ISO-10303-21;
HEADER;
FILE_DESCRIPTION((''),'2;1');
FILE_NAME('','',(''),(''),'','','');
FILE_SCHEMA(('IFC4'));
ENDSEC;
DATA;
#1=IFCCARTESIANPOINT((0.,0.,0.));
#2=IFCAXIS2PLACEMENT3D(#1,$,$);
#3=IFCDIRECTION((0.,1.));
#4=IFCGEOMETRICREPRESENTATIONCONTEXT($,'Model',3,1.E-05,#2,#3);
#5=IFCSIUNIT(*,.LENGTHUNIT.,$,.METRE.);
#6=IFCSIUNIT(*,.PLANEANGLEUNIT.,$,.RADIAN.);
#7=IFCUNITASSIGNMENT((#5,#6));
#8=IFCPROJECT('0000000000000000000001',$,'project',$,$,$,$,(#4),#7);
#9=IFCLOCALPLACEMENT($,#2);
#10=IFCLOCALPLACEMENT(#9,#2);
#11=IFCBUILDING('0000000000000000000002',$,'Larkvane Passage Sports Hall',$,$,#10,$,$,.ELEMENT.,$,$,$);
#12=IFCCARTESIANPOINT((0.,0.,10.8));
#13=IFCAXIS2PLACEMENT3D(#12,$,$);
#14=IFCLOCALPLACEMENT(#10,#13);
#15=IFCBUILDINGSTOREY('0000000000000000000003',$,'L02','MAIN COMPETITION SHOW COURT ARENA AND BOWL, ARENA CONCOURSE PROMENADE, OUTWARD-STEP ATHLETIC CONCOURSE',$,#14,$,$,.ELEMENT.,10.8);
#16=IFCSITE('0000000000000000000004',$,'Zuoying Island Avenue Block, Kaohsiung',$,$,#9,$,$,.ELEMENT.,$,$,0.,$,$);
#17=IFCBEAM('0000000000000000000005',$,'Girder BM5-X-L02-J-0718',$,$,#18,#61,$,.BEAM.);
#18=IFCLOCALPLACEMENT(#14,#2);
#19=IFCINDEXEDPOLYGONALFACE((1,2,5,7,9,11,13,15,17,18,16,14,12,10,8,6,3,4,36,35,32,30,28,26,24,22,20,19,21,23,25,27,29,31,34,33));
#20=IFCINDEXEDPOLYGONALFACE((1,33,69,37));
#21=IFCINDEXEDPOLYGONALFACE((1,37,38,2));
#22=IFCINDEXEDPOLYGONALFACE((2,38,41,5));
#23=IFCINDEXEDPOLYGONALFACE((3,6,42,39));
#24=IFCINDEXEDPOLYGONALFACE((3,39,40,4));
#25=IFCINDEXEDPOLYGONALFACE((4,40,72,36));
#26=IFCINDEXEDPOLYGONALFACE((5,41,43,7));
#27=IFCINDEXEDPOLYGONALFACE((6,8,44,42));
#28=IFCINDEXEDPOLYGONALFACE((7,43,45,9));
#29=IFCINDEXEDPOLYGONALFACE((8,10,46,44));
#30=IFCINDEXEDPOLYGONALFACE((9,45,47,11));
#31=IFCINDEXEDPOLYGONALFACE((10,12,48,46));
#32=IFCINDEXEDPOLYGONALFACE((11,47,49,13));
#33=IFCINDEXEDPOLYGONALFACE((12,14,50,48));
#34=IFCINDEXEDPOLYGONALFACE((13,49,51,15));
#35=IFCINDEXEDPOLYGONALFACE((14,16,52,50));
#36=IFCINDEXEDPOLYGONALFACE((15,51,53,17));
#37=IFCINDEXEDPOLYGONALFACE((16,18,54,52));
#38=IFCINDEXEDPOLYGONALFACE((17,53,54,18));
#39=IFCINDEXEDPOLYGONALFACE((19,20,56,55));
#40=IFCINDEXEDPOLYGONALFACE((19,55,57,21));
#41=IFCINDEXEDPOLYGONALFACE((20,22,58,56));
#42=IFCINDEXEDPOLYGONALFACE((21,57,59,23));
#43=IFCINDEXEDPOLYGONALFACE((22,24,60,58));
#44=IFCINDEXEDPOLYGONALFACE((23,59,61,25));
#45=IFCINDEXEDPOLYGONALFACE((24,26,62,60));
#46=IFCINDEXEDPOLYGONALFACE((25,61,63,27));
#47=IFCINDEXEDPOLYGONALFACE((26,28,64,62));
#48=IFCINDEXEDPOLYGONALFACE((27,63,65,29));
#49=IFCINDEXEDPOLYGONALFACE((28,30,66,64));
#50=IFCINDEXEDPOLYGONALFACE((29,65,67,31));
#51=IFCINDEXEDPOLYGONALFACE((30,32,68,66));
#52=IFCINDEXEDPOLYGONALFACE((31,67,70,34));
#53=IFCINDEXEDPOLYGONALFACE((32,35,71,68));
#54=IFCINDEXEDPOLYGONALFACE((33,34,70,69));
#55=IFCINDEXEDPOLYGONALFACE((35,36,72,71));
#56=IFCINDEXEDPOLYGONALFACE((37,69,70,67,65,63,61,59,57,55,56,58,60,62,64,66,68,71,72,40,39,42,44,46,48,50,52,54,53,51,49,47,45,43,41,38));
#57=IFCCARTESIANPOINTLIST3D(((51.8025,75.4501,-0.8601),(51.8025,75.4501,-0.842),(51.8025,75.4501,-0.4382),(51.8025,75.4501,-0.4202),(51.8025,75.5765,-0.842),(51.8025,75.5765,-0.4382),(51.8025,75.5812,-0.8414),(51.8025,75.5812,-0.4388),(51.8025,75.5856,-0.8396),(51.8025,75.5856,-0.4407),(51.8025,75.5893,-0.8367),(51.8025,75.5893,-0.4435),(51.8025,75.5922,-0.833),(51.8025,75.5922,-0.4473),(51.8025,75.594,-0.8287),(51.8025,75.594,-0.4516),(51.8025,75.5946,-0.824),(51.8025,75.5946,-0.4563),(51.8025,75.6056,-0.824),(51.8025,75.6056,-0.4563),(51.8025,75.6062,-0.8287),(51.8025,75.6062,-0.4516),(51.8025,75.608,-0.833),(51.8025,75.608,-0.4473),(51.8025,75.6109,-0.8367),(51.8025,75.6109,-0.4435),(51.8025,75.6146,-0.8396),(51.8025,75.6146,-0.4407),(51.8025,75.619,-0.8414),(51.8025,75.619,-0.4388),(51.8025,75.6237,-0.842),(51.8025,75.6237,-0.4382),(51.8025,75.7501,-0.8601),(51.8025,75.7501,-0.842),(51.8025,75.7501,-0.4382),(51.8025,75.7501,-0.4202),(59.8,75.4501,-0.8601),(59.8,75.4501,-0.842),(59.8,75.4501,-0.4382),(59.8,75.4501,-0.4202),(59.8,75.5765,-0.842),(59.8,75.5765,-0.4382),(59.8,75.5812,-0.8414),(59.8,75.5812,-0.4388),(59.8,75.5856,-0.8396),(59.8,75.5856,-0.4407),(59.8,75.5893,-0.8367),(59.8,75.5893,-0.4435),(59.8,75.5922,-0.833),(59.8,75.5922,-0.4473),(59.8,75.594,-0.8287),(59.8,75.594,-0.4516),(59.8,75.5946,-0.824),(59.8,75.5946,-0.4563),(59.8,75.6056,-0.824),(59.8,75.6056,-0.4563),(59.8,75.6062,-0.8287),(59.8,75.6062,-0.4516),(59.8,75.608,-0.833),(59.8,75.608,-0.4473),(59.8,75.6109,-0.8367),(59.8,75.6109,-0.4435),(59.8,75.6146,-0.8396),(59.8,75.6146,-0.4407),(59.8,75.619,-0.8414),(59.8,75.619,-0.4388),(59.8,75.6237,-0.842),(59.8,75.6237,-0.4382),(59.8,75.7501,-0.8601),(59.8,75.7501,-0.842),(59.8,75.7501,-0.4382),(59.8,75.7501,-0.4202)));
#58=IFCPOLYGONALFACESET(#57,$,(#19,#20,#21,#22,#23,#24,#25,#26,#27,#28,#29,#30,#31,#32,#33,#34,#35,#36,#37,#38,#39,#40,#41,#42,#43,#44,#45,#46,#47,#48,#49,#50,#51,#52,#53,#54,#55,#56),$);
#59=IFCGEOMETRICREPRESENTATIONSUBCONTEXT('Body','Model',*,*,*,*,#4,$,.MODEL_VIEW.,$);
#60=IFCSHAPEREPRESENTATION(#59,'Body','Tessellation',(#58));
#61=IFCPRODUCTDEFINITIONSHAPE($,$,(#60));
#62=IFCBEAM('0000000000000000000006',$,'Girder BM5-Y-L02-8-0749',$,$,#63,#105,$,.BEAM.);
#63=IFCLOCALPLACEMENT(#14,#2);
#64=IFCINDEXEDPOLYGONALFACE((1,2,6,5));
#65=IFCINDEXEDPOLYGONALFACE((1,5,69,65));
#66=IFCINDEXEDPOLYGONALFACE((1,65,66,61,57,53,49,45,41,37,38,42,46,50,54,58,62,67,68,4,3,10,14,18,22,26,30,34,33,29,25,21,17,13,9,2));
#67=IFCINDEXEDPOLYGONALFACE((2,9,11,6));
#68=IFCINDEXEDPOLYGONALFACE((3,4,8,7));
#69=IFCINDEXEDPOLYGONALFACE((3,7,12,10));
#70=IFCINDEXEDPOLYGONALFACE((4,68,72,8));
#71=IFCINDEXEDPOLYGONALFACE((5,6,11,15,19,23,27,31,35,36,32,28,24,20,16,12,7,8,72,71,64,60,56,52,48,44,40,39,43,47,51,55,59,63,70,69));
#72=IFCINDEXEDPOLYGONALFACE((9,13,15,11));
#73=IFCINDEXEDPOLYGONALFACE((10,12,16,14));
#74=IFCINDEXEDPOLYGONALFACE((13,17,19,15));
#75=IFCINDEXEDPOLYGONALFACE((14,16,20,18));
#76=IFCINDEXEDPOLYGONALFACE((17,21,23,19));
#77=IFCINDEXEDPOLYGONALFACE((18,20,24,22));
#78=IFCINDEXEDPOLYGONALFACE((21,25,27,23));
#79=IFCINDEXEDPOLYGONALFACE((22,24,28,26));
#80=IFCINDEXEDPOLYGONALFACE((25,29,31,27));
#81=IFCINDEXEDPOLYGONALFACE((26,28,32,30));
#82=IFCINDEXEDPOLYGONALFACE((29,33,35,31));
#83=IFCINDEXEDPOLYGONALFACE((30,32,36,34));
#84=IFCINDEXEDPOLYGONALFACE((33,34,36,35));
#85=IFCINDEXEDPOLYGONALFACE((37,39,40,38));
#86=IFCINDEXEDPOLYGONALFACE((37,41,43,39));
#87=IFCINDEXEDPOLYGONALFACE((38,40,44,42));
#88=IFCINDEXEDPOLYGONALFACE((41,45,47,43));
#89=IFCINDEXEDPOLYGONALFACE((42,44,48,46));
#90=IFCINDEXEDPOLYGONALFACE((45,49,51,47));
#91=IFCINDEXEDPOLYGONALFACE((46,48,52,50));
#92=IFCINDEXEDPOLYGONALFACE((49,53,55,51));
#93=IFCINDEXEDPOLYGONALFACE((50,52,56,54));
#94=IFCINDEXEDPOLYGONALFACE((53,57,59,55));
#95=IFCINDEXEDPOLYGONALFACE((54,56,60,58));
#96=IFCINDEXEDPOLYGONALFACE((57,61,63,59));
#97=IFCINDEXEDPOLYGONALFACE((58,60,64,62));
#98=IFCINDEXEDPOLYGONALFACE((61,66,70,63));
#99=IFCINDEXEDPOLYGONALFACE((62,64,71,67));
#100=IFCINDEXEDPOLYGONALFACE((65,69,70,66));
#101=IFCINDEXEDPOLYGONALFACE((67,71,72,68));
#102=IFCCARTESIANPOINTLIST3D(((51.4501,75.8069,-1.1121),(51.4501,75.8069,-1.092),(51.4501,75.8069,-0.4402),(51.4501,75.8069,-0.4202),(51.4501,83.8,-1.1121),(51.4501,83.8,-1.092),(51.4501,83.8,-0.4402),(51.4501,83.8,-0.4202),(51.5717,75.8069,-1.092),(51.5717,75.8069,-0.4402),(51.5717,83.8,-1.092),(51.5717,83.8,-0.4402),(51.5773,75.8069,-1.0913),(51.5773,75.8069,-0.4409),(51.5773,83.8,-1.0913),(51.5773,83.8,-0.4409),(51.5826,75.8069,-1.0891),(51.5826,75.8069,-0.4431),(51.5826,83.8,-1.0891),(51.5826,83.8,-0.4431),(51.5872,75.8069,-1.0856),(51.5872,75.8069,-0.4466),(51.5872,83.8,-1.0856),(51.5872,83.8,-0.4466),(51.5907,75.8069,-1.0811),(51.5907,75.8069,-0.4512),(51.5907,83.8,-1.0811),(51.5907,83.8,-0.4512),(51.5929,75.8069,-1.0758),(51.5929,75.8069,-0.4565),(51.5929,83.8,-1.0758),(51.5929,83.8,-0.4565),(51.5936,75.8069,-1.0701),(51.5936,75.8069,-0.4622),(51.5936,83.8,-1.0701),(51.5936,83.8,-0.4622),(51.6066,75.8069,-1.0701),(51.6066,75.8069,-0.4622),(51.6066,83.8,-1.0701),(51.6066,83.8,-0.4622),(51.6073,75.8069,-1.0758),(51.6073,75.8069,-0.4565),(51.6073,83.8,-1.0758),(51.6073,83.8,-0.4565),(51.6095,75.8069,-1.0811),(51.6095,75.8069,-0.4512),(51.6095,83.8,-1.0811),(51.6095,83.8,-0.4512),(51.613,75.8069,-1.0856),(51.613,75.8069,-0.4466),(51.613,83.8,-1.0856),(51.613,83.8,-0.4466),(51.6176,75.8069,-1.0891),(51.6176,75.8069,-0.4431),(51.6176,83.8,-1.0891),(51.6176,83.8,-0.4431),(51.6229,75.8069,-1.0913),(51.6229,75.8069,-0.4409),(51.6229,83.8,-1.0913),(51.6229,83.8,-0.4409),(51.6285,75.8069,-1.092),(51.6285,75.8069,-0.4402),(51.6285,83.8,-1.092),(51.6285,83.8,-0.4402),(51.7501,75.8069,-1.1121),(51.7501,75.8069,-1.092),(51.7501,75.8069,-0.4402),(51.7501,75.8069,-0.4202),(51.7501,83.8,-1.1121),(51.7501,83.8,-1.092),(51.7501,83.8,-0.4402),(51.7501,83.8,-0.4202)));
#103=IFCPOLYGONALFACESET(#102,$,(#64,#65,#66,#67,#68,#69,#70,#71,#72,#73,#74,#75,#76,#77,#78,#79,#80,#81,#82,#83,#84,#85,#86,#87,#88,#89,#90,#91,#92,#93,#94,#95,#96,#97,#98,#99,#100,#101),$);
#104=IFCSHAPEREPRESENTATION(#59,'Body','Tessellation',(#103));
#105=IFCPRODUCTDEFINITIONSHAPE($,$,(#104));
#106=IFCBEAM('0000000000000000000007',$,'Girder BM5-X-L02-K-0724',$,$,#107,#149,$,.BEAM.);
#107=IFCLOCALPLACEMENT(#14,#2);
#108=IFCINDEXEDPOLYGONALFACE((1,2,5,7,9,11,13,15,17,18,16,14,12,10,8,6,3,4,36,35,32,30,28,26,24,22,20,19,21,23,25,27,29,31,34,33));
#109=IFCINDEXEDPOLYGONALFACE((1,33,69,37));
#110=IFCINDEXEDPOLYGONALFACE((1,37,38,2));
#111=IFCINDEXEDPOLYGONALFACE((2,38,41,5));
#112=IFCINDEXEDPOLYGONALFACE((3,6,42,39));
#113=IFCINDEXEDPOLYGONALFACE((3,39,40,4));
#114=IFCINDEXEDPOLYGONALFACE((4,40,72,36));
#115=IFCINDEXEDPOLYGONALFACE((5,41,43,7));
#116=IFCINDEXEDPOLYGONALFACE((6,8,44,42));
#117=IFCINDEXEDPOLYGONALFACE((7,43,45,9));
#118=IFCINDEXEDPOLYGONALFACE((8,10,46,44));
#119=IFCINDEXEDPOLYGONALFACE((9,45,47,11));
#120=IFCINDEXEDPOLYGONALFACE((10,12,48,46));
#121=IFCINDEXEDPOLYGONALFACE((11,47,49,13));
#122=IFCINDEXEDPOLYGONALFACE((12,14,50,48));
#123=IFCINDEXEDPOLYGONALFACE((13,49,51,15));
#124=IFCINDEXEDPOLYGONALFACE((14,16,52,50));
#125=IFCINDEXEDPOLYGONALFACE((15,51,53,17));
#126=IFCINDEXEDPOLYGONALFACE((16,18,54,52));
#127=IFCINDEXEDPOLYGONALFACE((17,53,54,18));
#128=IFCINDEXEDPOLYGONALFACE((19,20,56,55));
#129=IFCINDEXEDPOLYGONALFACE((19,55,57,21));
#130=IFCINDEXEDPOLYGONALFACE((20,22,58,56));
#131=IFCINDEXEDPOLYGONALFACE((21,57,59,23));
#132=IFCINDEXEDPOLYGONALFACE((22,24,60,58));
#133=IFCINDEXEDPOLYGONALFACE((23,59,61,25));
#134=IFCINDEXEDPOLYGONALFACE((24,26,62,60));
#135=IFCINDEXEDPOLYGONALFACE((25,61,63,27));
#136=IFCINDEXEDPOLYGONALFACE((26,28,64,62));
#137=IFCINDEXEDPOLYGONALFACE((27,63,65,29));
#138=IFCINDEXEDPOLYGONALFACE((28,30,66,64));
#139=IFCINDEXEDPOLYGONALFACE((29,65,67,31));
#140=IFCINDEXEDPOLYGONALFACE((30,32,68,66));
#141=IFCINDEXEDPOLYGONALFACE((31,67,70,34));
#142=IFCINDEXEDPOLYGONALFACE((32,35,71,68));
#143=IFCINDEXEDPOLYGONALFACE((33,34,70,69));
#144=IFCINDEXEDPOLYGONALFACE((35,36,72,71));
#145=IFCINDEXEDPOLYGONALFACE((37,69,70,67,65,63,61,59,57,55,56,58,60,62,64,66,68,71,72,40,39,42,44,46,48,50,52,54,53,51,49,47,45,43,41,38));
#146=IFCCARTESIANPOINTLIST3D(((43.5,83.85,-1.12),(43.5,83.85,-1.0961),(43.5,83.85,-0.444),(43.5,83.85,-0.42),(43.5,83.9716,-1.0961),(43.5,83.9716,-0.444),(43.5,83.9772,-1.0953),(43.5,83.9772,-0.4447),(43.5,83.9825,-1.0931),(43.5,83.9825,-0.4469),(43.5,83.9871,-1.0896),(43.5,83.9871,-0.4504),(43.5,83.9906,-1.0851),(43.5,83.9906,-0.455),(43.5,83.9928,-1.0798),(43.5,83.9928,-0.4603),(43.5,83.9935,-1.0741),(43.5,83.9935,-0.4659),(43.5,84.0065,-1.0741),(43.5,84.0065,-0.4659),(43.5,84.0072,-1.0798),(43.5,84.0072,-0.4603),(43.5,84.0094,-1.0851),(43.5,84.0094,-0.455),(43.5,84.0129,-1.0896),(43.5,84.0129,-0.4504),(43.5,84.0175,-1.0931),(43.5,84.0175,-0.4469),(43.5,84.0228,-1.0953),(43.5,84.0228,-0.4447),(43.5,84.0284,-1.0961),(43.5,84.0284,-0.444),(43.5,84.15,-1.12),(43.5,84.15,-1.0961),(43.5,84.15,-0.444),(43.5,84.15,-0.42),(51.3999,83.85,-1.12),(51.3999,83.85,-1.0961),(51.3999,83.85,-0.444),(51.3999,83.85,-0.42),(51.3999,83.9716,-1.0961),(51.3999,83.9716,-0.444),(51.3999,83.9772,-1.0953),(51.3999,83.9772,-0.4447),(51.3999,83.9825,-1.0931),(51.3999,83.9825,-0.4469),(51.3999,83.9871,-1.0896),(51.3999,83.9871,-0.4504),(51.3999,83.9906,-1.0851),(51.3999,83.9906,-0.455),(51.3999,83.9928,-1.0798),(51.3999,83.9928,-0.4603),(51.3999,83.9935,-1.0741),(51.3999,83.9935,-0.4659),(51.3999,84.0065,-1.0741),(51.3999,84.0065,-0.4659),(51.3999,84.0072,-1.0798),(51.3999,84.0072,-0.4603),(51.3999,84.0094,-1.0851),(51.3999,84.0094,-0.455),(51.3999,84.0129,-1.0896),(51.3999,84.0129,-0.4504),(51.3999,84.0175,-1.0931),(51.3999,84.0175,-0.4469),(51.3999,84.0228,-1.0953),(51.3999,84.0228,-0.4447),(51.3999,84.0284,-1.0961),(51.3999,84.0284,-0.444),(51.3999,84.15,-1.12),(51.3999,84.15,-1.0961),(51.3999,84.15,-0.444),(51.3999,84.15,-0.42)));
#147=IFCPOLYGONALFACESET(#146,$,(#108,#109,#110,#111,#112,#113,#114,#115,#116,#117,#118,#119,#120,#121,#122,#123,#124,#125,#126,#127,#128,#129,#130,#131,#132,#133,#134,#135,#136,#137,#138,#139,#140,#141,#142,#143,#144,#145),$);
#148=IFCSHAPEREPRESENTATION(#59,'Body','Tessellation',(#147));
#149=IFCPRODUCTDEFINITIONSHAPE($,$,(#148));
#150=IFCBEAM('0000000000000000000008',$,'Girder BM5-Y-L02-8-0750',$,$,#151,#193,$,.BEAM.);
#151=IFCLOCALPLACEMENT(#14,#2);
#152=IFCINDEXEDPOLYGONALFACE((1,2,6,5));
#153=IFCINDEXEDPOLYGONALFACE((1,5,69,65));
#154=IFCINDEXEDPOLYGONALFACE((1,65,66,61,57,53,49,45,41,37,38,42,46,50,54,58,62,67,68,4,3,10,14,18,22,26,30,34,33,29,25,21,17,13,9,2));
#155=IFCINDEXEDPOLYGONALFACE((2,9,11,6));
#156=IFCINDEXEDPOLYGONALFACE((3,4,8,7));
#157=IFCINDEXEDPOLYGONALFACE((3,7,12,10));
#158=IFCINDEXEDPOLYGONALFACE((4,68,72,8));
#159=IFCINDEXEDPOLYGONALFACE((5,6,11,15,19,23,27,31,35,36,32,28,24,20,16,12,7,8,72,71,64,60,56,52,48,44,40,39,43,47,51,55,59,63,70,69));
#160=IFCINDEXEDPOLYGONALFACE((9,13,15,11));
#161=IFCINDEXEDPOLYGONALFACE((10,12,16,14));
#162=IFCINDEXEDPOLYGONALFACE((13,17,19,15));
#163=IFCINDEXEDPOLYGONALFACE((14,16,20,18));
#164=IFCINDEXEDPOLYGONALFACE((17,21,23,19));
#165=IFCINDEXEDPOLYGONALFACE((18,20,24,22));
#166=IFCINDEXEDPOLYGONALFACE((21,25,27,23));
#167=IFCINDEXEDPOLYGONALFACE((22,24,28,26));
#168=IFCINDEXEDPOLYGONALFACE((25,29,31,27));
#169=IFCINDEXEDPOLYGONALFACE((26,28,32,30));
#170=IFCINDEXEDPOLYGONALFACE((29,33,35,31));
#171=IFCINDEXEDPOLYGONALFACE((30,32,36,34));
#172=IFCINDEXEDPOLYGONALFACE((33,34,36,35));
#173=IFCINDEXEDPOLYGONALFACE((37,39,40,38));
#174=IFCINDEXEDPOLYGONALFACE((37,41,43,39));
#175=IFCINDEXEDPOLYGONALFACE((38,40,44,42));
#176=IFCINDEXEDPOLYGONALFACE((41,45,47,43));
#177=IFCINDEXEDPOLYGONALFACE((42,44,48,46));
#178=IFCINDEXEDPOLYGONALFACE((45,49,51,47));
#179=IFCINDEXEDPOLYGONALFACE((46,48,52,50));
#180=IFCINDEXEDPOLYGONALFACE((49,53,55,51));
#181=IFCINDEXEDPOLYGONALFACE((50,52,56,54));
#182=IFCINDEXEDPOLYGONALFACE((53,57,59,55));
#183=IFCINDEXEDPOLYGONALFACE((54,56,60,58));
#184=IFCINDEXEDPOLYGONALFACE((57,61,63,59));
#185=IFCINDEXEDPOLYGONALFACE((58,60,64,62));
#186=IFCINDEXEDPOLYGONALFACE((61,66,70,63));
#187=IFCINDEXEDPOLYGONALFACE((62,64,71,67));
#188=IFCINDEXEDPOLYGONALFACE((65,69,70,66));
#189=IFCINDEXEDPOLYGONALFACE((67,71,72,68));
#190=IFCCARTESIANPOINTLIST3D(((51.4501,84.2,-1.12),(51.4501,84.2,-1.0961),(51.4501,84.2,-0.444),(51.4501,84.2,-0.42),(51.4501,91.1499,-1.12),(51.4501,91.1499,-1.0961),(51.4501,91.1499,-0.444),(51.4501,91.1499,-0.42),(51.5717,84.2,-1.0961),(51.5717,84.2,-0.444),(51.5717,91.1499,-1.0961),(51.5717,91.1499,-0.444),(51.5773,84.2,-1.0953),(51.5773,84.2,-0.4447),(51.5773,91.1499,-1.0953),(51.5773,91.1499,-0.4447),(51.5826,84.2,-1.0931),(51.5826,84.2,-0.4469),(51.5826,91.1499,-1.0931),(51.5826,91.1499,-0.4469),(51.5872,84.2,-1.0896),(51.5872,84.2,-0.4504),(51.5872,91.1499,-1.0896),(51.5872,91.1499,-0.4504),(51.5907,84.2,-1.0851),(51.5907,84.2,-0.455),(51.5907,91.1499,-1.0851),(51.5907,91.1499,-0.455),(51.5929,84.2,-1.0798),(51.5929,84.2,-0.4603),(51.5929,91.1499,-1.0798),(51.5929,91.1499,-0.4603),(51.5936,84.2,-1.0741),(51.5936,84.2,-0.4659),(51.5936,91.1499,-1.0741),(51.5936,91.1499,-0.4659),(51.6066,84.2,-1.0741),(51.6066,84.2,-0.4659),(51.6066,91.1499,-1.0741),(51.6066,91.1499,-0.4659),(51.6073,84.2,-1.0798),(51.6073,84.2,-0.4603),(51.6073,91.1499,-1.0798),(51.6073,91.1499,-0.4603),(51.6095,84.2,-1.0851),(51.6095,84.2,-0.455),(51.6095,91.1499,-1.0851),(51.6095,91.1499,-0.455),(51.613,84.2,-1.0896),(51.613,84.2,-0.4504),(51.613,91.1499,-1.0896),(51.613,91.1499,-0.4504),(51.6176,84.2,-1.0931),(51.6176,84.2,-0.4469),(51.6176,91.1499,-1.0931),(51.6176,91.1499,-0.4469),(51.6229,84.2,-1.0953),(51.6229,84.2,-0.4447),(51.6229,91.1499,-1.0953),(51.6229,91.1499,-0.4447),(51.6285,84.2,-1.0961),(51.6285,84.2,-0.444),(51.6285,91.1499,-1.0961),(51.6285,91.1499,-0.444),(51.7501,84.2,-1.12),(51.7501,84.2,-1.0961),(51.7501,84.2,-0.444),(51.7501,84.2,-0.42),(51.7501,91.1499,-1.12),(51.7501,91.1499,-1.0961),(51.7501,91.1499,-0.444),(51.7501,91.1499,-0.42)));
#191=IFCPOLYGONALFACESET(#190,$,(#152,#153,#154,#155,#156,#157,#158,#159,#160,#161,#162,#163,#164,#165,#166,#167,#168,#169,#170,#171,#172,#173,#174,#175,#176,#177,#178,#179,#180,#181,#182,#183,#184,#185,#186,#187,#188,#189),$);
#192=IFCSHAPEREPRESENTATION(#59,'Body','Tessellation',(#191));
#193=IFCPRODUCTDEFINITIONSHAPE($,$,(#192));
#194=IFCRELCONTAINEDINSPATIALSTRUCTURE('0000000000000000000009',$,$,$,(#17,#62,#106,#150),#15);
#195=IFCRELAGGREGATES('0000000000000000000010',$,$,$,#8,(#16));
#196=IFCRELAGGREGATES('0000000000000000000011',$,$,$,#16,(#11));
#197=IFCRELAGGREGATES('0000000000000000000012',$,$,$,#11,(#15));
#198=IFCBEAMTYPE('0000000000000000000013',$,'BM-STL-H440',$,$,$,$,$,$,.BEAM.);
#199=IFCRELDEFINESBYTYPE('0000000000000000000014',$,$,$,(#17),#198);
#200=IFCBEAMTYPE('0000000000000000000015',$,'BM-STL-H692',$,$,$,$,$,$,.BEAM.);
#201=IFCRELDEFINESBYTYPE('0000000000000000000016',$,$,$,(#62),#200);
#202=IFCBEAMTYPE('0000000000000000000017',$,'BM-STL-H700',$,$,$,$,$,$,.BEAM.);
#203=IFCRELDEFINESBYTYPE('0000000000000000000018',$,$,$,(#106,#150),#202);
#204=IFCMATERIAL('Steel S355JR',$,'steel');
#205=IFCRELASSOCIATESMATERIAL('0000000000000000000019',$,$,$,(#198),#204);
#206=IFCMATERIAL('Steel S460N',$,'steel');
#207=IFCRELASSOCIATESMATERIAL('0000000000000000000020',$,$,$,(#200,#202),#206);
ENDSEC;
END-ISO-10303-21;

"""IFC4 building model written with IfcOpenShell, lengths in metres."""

from ifc_helpers import new_model, si_unit, direction, frame, origin, origin_2d, place, context, subcontext, project, spatial, i_section, extrude, material, material_profile, profile_set, type_object, element, save


model = new_model("IFC4")

# Units and contexts
model_context = context("Model", 3, precision=1e-05, world=origin(), true_north=direction((0.0, 1.0)))
body_context = subcontext(model_context, "Body", "Model", "MODEL_VIEW")
ifc_project = project(units=[si_unit("LENGTHUNIT", "METRE"), si_unit("PLANEANGLEUNIT", "RADIAN")], contexts=[model_context])

# Site, building, storey
site_placement = place(None, origin())
site = spatial("IfcSite", under=ifc_project, at=site_placement, Name="Zuoying Island Avenue Block, Kaohsiung", CompositionType="ELEMENT", RefElevation=0.0)
building_placement = place(site_placement, origin())
building = spatial("IfcBuilding", under=site, at=building_placement, Name="Larkvane Passage Sports Hall", CompositionType="ELEMENT")
storey_placement = place(building_placement, frame((0.0, 0.0, 10.8)))
storey = spatial("IfcBuildingStorey", under=building, at=storey_placement, Name="L02", Description="MAIN COMPETITION SHOW COURT ARENA AND BOWL, ARENA CONCOURSE PROMENADE, OUTWARD-STEP ATHLETIC CONCOURSE", CompositionType="ELEMENT", Elevation=10.8)

# Shared definitions
ifc_material_1 = material(Name="Steel S355JR", Category="steel")
ifc_material_2 = material(Name="Steel S460N", Category="steel")

# Beams
ifc_material_profile_1 = material_profile(ifc_material_1, i_section(OverallWidth=0.3, OverallDepth=0.4399, WebThickness=0.011, FlangeThickness=0.0181, FilletRadius=0.0181, at=origin_2d()), Name="H-440x300x11x18")
ifc_profile_set_1 = profile_set([ifc_material_profile_1], Name="Steel S355JR")
beam_type_1 = type_object("IfcBeamType", Name="BM-STL-H440", PredefinedType="BEAM", material=ifc_profile_set_1)
beam_1_placement = place(storey_placement, frame((51.8025, 75.6001, -0.6401), z_axis=(1.0, 0.0, 0.0), x_axis=(0.0, 1.0, 0.0)))
element("IfcBeam", 1, at=beam_1_placement, inside=storey, type_object=beam_type_1, Name="Girder BM5-X-L02-J-0718", PredefinedType="BEAM", context=body_context, shape_type="SweptSolid", body=[
    extrude(i_section(OverallWidth=0.3, OverallDepth=0.4399, WebThickness=0.011, FlangeThickness=0.0181, FilletRadius=0.0181, at=origin_2d()), origin(), (0.0, 0.0, 1.0), 7.9976),
])
ifc_material_profile_2 = material_profile(ifc_material_2, i_section(OverallWidth=0.3, OverallDepth=0.6919, WebThickness=0.0129, FlangeThickness=0.02, FilletRadius=0.022, at=origin_2d()), Name="H-692x300x13x20")
ifc_profile_set_2 = profile_set([ifc_material_profile_2], Name="Steel S460N")
beam_type_2 = type_object("IfcBeamType", Name="BM-STL-H692", PredefinedType="BEAM", material=ifc_profile_set_2)
beam_2_placement = place(storey_placement, frame((51.6001, 75.8069, -0.7661), z_axis=(0.0, 1.0, 0.0), x_axis=(-1.0, 0.0, 0.0)))
element("IfcBeam", 2, at=beam_2_placement, inside=storey, type_object=beam_type_2, Name="Girder BM5-Y-L02-8-0749", PredefinedType="BEAM", context=body_context, shape_type="SweptSolid", body=[
    extrude(i_section(OverallWidth=0.3, OverallDepth=0.6919, WebThickness=0.0129, FlangeThickness=0.02, FilletRadius=0.022, at=origin_2d()), origin(), (0.0, 0.0, 1.0), 7.9932),
])
ifc_material_profile_3 = material_profile(ifc_material_2, i_section(OverallWidth=0.3, OverallDepth=0.7, WebThickness=0.0129, FlangeThickness=0.0239, FilletRadius=0.022, at=origin_2d()), Name="H-700x300x13x24")
ifc_profile_set_3 = profile_set([ifc_material_profile_3], Name="Steel S460N")
beam_type_3 = type_object("IfcBeamType", Name="BM-STL-H700", PredefinedType="BEAM", material=ifc_profile_set_3)
beam_3_placement = place(storey_placement, frame((43.5, 84.0, -0.77), z_axis=(1.0, 0.0, 0.0), x_axis=(0.0, 1.0, 0.0)))
element("IfcBeam", 3, at=beam_3_placement, inside=storey, type_object=beam_type_3, Name="Girder BM5-X-L02-K-0724", PredefinedType="BEAM", context=body_context, shape_type="SweptSolid", body=[
    extrude(i_section(OverallWidth=0.3, OverallDepth=0.7, WebThickness=0.0129, FlangeThickness=0.0239, FilletRadius=0.022, at=origin_2d()), origin(), (0.0, 0.0, 1.0), 7.8999),
])
beam_4_placement = place(storey_placement, frame((51.6001, 84.2, -0.77), z_axis=(0.0, 1.0, 0.0), x_axis=(-1.0, 0.0, 0.0)))
element("IfcBeam", 4, at=beam_4_placement, inside=storey, type_object=beam_type_3, Name="Girder BM5-Y-L02-8-0750", PredefinedType="BEAM", context=body_context, shape_type="SweptSolid", body=[
    extrude(i_section(OverallWidth=0.3, OverallDepth=0.7, WebThickness=0.0129, FlangeThickness=0.0239, FilletRadius=0.022, at=origin_2d()), origin(), (0.0, 0.0, 1.0), 6.95),
])

save(model, "model.ifc")
